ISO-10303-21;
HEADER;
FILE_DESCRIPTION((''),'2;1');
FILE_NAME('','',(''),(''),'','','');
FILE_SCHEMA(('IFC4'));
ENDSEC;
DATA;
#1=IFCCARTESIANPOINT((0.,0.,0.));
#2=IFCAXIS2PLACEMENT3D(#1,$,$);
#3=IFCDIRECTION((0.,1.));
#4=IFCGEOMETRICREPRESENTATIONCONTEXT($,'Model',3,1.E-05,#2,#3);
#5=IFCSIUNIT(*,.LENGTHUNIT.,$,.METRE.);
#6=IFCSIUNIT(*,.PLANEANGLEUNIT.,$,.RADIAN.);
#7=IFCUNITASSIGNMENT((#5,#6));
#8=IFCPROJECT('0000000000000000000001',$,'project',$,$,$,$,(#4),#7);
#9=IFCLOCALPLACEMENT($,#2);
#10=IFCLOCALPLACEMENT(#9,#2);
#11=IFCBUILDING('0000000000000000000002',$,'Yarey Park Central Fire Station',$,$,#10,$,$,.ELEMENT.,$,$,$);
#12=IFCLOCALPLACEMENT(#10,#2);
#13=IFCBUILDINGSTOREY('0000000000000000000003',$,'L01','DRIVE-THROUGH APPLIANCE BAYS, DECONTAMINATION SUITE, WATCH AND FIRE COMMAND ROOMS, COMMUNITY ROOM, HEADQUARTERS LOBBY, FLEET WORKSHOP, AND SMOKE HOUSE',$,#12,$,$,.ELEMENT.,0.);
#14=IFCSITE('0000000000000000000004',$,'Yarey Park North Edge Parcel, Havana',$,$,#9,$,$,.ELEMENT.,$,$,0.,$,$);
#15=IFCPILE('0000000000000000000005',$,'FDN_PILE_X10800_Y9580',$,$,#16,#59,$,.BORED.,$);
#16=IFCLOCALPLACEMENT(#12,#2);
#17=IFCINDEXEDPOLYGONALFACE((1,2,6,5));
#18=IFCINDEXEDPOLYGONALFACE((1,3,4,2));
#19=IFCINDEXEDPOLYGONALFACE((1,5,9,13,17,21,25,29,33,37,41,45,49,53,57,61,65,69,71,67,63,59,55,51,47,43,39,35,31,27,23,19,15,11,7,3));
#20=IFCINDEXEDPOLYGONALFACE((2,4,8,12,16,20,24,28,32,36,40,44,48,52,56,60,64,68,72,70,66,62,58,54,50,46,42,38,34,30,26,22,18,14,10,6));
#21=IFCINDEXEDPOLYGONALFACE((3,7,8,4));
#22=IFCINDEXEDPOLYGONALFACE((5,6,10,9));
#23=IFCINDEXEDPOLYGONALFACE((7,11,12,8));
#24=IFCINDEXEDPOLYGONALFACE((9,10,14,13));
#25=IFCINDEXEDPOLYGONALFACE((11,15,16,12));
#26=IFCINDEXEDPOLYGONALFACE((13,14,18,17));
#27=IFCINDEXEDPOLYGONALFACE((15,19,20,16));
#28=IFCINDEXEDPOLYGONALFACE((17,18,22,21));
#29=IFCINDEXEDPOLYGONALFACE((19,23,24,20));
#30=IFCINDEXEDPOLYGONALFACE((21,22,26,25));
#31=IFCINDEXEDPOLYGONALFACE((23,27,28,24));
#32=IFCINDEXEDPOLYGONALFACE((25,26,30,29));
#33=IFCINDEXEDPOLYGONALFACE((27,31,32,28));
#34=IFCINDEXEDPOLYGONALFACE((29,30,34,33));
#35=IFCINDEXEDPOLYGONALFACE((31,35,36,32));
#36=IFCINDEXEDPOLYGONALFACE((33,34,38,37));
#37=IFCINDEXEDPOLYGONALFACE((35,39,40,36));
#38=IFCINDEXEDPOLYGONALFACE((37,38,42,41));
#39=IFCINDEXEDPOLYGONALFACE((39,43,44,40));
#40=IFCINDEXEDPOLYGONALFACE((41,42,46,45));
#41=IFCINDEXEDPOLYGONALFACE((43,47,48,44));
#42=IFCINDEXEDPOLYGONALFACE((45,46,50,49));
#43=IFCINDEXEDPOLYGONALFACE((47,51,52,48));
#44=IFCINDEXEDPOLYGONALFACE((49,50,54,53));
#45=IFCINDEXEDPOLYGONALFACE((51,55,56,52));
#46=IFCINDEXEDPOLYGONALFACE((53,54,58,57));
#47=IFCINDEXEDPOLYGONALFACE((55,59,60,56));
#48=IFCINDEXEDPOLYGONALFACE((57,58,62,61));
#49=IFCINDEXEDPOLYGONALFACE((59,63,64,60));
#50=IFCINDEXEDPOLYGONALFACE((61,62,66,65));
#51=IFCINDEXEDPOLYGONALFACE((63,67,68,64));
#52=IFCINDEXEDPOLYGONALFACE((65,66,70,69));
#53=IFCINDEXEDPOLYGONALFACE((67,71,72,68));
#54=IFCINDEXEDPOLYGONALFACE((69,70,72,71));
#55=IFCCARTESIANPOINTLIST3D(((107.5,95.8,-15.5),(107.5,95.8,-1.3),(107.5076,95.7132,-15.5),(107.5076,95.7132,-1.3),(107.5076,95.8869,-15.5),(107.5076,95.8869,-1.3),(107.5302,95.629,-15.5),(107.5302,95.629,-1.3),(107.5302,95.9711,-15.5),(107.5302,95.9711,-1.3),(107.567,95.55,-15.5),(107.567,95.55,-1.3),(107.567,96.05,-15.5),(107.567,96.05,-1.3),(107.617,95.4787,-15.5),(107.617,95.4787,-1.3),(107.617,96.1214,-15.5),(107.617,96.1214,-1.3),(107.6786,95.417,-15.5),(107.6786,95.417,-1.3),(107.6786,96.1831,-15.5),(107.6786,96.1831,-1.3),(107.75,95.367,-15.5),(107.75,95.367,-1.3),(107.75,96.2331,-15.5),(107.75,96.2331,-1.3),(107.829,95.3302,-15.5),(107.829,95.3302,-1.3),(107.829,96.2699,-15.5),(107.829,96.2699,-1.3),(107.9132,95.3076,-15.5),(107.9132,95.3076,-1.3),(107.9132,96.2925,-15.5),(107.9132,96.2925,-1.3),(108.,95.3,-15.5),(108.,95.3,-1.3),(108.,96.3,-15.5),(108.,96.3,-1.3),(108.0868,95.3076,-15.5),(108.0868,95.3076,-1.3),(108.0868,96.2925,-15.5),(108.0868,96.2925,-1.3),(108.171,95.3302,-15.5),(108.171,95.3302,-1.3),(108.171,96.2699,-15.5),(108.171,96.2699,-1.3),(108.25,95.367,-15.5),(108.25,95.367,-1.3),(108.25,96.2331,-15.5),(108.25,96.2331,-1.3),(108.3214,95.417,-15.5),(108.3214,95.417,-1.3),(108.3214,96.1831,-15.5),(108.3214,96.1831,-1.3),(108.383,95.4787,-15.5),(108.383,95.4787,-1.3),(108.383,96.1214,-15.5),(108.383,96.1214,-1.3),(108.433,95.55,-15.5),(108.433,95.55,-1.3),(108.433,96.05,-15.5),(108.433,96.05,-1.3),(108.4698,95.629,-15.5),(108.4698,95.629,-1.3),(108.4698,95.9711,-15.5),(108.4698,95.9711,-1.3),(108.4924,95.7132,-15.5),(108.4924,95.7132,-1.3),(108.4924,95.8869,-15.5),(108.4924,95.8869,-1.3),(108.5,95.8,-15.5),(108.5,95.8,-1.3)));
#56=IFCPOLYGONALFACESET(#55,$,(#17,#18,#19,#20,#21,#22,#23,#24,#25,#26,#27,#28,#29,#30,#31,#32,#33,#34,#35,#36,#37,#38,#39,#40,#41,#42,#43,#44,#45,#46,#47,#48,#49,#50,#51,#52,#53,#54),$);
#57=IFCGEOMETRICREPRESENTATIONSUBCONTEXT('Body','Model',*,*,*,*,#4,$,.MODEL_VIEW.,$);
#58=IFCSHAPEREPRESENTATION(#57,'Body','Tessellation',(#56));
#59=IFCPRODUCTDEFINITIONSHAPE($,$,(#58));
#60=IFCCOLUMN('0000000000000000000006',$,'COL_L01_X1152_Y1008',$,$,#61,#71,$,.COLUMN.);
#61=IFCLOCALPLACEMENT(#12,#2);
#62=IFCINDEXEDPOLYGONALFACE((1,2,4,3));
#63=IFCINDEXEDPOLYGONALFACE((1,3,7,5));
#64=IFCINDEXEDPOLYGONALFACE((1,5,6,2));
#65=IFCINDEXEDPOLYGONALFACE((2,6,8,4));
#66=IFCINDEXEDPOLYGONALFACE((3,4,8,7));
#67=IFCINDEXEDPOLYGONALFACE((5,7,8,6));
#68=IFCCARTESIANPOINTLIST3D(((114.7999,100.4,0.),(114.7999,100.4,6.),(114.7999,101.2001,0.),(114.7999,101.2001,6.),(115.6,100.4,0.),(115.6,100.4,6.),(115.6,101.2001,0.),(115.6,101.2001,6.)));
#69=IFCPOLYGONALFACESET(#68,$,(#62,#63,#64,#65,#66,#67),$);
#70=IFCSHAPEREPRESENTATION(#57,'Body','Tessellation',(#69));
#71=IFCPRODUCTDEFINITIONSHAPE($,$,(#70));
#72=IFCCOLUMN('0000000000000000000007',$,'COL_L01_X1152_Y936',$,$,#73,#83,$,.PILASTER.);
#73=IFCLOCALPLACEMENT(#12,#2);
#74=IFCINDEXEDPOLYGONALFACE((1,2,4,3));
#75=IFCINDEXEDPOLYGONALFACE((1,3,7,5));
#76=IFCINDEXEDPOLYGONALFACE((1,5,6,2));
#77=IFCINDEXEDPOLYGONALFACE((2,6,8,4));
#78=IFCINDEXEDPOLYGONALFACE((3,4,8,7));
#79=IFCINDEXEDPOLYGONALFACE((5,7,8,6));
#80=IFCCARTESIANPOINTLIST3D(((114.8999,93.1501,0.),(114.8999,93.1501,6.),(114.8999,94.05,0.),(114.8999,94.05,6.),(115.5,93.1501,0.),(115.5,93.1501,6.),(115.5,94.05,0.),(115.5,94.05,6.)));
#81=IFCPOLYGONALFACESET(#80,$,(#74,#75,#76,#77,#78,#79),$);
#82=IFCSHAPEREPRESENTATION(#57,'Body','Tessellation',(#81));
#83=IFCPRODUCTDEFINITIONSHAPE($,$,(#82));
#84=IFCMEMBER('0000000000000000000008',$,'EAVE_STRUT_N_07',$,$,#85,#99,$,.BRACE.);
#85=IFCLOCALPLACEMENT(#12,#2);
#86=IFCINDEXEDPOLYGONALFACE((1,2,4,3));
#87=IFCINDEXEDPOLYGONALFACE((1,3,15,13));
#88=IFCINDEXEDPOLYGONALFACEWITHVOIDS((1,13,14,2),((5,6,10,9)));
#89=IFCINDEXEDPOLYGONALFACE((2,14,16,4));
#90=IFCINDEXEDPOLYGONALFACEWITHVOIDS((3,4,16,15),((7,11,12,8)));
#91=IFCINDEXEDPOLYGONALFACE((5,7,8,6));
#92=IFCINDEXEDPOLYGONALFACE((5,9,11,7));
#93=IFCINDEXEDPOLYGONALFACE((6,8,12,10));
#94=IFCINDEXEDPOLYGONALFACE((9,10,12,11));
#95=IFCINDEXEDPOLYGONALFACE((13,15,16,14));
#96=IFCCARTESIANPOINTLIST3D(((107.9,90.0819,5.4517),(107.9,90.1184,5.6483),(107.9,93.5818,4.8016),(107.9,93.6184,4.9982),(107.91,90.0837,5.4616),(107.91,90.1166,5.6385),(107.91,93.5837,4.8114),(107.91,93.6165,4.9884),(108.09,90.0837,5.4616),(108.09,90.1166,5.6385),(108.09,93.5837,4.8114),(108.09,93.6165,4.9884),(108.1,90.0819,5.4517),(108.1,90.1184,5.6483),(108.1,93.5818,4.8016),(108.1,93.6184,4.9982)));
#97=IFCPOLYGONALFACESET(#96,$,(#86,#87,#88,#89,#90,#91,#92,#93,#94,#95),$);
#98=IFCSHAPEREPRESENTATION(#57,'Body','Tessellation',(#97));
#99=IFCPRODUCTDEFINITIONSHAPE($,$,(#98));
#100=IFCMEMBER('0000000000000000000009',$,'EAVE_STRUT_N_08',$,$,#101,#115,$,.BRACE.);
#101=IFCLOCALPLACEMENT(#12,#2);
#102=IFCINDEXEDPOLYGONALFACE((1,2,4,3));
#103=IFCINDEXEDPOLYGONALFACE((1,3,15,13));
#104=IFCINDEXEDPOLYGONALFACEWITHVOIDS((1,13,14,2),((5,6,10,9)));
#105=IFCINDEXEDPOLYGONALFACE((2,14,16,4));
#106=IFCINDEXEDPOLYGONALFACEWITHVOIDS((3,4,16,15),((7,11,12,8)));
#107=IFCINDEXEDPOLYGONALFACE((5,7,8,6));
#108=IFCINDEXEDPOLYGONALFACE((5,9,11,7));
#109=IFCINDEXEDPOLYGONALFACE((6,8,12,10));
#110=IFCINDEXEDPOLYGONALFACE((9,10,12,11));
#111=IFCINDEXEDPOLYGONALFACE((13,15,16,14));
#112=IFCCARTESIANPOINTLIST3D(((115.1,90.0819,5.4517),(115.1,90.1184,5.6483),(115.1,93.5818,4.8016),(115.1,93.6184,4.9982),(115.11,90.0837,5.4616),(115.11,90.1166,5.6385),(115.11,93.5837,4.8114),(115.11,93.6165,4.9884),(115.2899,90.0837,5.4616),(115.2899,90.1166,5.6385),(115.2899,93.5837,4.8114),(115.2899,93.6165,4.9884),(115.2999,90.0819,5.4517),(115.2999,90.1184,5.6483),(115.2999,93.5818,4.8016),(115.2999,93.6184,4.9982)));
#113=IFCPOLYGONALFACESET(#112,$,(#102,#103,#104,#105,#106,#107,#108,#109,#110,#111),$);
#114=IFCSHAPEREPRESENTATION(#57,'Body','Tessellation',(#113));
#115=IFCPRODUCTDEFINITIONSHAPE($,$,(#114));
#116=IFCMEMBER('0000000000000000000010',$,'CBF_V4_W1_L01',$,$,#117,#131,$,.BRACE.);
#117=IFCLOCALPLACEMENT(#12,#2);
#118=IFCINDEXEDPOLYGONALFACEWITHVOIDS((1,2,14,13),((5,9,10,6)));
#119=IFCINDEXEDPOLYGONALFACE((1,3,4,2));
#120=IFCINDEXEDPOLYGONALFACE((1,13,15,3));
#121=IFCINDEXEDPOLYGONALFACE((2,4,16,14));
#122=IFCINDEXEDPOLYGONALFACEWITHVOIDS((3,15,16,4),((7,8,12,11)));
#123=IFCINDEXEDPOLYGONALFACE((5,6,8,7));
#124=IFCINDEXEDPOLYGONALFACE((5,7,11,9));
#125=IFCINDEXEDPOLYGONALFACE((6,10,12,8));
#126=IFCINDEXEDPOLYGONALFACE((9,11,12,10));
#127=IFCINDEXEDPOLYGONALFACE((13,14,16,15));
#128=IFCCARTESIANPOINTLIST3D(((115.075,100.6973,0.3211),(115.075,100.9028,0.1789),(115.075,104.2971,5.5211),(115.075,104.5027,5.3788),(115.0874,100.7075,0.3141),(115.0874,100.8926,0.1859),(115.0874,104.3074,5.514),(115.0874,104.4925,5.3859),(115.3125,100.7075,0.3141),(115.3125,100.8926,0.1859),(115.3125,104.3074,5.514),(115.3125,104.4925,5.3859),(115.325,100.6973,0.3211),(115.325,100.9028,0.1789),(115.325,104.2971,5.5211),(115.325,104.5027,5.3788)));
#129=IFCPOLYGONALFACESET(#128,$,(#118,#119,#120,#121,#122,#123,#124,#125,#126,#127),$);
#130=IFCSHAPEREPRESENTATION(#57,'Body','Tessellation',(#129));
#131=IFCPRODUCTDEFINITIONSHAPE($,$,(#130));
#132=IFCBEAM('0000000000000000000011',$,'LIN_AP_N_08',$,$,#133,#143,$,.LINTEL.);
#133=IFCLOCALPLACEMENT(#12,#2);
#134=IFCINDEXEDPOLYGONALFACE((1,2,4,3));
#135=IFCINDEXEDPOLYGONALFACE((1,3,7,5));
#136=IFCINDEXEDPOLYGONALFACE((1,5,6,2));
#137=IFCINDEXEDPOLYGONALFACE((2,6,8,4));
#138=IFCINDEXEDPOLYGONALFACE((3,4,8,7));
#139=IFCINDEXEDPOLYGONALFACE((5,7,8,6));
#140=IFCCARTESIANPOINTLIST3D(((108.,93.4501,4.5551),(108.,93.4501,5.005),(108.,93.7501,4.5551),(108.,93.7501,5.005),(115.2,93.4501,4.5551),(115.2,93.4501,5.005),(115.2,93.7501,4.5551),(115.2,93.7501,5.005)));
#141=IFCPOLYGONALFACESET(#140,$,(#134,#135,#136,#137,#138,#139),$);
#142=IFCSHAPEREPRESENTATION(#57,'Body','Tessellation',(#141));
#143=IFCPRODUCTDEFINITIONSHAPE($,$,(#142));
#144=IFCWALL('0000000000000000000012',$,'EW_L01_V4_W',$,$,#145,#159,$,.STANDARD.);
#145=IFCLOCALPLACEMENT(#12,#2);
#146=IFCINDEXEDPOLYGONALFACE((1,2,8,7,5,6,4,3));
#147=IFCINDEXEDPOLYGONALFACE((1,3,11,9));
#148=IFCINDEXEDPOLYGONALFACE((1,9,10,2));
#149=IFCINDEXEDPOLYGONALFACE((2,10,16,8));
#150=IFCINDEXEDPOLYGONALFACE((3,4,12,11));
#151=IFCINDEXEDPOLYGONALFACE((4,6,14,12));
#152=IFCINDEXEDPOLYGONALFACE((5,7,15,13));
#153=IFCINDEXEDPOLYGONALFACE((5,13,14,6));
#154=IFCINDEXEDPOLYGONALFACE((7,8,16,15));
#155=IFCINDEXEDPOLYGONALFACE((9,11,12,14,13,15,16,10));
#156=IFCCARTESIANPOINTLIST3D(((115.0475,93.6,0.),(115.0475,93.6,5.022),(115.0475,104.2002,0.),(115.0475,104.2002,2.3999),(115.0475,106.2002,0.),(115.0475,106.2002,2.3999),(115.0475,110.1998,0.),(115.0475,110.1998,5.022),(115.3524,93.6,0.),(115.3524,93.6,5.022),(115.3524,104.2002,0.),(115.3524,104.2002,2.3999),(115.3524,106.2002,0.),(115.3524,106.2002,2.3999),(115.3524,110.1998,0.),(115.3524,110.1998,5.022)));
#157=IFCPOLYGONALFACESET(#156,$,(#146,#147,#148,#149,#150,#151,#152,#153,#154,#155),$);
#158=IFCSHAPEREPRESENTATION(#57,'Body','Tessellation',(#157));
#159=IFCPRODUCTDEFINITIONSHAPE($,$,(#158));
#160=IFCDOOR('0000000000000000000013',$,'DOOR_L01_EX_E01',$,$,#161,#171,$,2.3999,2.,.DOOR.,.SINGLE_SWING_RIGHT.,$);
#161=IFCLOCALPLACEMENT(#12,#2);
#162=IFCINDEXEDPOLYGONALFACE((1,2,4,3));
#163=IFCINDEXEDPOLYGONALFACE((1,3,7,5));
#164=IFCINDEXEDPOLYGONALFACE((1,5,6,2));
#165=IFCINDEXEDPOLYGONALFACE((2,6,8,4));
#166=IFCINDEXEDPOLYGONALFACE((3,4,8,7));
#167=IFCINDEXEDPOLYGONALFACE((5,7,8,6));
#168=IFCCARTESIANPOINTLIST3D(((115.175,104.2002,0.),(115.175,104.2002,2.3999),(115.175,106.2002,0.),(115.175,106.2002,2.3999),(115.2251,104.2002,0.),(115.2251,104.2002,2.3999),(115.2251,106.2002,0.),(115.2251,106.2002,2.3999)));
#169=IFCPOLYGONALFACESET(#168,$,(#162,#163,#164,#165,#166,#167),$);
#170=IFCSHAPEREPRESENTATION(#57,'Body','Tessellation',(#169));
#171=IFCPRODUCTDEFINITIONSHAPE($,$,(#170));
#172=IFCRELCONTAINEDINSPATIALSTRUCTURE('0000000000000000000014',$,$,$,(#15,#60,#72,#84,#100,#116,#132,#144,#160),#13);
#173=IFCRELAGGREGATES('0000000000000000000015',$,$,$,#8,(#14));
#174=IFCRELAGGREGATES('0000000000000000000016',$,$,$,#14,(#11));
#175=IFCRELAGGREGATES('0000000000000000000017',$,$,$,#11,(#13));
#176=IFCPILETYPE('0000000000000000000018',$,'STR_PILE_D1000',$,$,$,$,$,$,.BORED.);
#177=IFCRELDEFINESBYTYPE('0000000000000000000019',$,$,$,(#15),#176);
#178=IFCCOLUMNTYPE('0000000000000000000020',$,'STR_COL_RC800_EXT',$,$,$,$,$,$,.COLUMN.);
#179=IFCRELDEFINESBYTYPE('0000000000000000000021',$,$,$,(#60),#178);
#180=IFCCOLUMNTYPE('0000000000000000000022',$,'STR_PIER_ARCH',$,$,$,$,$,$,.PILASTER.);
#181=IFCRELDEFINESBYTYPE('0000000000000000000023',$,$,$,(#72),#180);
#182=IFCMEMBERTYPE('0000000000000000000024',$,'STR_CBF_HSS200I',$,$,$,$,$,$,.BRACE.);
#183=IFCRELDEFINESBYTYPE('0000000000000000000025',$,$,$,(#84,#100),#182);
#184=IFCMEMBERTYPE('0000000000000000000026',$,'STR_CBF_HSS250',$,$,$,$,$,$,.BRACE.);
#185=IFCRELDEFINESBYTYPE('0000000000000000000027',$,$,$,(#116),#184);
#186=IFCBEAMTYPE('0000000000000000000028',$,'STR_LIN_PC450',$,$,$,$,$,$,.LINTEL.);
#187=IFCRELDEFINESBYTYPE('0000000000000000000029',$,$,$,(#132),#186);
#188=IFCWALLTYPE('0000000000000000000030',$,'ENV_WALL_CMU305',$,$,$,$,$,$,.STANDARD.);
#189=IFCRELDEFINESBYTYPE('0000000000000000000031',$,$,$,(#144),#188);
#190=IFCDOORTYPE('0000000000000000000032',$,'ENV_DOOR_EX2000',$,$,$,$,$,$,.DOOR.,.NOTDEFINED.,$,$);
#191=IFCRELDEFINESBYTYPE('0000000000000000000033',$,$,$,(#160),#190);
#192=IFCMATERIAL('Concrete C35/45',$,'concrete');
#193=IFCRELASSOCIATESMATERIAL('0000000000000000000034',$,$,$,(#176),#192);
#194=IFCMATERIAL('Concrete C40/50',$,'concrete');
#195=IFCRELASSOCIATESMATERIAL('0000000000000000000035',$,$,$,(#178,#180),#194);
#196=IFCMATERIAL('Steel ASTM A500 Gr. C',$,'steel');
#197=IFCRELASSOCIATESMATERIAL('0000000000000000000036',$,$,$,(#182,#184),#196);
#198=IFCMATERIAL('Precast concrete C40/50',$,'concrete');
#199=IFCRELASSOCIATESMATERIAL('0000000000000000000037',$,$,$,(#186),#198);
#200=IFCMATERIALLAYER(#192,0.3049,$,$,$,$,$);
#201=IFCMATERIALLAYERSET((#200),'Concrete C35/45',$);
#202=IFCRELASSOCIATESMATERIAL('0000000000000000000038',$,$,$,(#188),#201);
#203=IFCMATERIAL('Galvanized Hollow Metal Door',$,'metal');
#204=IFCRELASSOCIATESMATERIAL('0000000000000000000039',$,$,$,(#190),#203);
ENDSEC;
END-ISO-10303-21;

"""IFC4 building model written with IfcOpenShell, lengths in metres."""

from ifc_helpers import new_model, si_unit, direction, frame, frame_2d, origin, origin_2d, place, context, subcontext, project, spatial, rectangle, hollow_rectangle, circle, extrude, material, layer, layer_set, material_profile, profile_set, type_object, element, fill, save


model = new_model("IFC4")

# Units and contexts
model_context = context("Model", 3, precision=1e-05, world=origin(), true_north=direction((0.0, 1.0)))
body_context = subcontext(model_context, "Body", "Model", "MODEL_VIEW")
ifc_project = project(units=[si_unit("LENGTHUNIT", "METRE"), si_unit("PLANEANGLEUNIT", "RADIAN")], contexts=[model_context])

# Site, building, storey
site_placement = place(None, origin())
site = spatial("IfcSite", under=ifc_project, at=site_placement, Name="Yarey Park North Edge Parcel, Havana", CompositionType="ELEMENT", RefElevation=0.0)
building_placement = place(site_placement, origin())
building = spatial("IfcBuilding", under=site, at=building_placement, Name="Yarey Park Central Fire Station", CompositionType="ELEMENT")
storey_placement = place(building_placement, origin())
storey = spatial("IfcBuildingStorey", under=building, at=storey_placement, Name="L01", Description="DRIVE-THROUGH APPLIANCE BAYS, DECONTAMINATION SUITE, WATCH AND FIRE COMMAND ROOMS, COMMUNITY ROOM, HEADQUARTERS LOBBY, FLEET WORKSHOP, AND SMOKE HOUSE", CompositionType="ELEMENT", Elevation=0.0)

# Shared definitions
ifc_material_1 = material(Name="Concrete C35/45", Category="concrete")

# Pile
ifc_material_profile_1 = material_profile(ifc_material_1, circle(Radius=0.5, at=origin_2d()), Name="BORED PILE D1000")
ifc_profile_set_1 = profile_set([ifc_material_profile_1], Name="Concrete C35/45")
pile_type = type_object("IfcPileType", Name="STR_PILE_D1000", PredefinedType="BORED", material=ifc_profile_set_1)
for number, where, z_axis, x_axis, name in (
    (1, (108.0, 95.8, -1.3), (0.0, 0.0, -1.0), (1.0, 0.0, 0.0), "FDN_PILE_X10800_Y9580"),
):
    element("IfcPile", number, at=place(storey_placement, frame(where, z_axis=z_axis, x_axis=x_axis)), inside=storey, type_object=pile_type, Name=name, PredefinedType="BORED", context=body_context, shape_type="SweptSolid", body=[
        extrude(circle(Radius=0.5, at=origin_2d()), origin(), (0.0, 0.0, 1.0), 14.2),
    ])

# Columns
ifc_material_2 = material(Name="Concrete C40/50", Category="concrete")
ifc_material_profile_2 = material_profile(ifc_material_2, rectangle(XDim=0.8, YDim=0.8, at=origin_2d()), Name="RC 800x800")
ifc_profile_set_2 = profile_set([ifc_material_profile_2], Name="Concrete C40/50")
column_type_1 = type_object("IfcColumnType", Name="STR_COL_RC800_EXT", PredefinedType="COLUMN", material=ifc_profile_set_2)
column_1_placement = place(storey_placement, frame((115.2, 100.8, 0.0), z_axis=(0.0, 0.0, 1.0), x_axis=(1.0, 0.0, 0.0)))
element("IfcColumn", 2, at=column_1_placement, inside=storey, type_object=column_type_1, Name="COL_L01_X1152_Y1008", PredefinedType="COLUMN", context=body_context, shape_type="SweptSolid", body=[
    extrude(rectangle(XDim=0.8, YDim=0.8, at=origin_2d()), origin(), (0.0, 0.0, 1.0), 6.0),
])
ifc_material_profile_3 = material_profile(ifc_material_2, rectangle(XDim=0.6001, YDim=0.8999, at=origin_2d()), Name="RC 900x600")
ifc_profile_set_3 = profile_set([ifc_material_profile_3], Name="Concrete C40/50")
column_type_2 = type_object("IfcColumnType", Name="STR_PIER_ARCH", PredefinedType="PILASTER", material=ifc_profile_set_3)
column_2_placement = place(storey_placement, frame((115.2, 93.6001, 0.0), z_axis=(0.0, 0.0, 1.0), x_axis=(1.0, 0.0, 0.0)))
element("IfcColumn", 3, at=column_2_placement, inside=storey, type_object=column_type_2, Name="COL_L01_X1152_Y936", PredefinedType="PILASTER", context=body_context, shape_type="SweptSolid", body=[
    extrude(rectangle(XDim=0.6001, YDim=0.8999, at=origin_2d()), origin(), (0.0, 0.0, 1.0), 6.0),
])

# Members
ifc_material_3 = material(Name="Steel ASTM A500 Gr. C", Category="steel")
ifc_material_profile_4 = material_profile(ifc_material_3, hollow_rectangle(XDim=0.2, YDim=0.2, WallThickness=0.01, at=origin_2d()), Name="HSS 200x200x10")
ifc_profile_set_4 = profile_set([ifc_material_profile_4], Name="Steel ASTM A500 Gr. C")
member_type_1 = type_object("IfcMemberType", Name="STR_CBF_HSS200I", PredefinedType="BRACE", material=ifc_profile_set_4)
for number, where, z_axis, x_axis, name in (
    (4, (108.0, 93.6001, 4.8999), (0.0, -0.983181, 0.182632), (1.0, 0.0, 0.0), "EAVE_STRUT_N_07"),
    (5, (115.2, 93.6001, 4.8999), (0.0, -0.983181, 0.182632), (1.0, 0.0, 0.0), "EAVE_STRUT_N_08"),
):
    element("IfcMember", number, at=place(storey_placement, frame(where, z_axis=z_axis, x_axis=x_axis)), inside=storey, type_object=member_type_1, Name=name, PredefinedType="BRACE", context=body_context, shape_type="SweptSolid", body=[
        extrude(hollow_rectangle(XDim=0.2, YDim=0.2, WallThickness=0.01, at=origin_2d()), origin(), (0.0, 0.0, 1.0), 3.5598),
    ])
ifc_material_profile_5 = material_profile(ifc_material_3, hollow_rectangle(XDim=0.25, YDim=0.25, WallThickness=0.0125, at=origin_2d()), Name="HSS 250x250x12.5")
ifc_profile_set_5 = profile_set([ifc_material_profile_5], Name="Steel ASTM A500 Gr. C")
member_type_2 = type_object("IfcMemberType", Name="STR_CBF_HSS250", PredefinedType="BRACE", material=ifc_profile_set_5)
member_placement = place(storey_placement, frame((115.2, 100.8, 0.25), z_axis=(0.0, 0.569198, 0.822201), x_axis=(-1.0, 0.0, 0.0)))
element("IfcMember", 6, at=member_placement, inside=storey, type_object=member_type_2, Name="CBF_V4_W1_L01", PredefinedType="BRACE", context=body_context, shape_type="SweptSolid", body=[
    extrude(hollow_rectangle(XDim=0.25, YDim=0.25, WallThickness=0.0125, at=origin_2d()), origin(), (0.0, 0.0, 1.0), 6.3245),
])

# Beam
ifc_material_4 = material(Name="Precast concrete C40/50", Category="concrete")
ifc_material_profile_6 = material_profile(ifc_material_4, rectangle(XDim=0.3, YDim=0.45, at=origin_2d()), Name="PC 300x450")
ifc_profile_set_6 = profile_set([ifc_material_profile_6], Name="Precast concrete C40/50")
beam_type = type_object("IfcBeamType", Name="STR_LIN_PC450", PredefinedType="LINTEL", material=ifc_profile_set_6)
beam_placement = place(storey_placement, frame((108.0, 93.6001, 4.78), z_axis=(1.0, 0.0, 0.0), x_axis=(0.0, 1.0, 0.0)))
element("IfcBeam", 7, at=beam_placement, inside=storey, type_object=beam_type, Name="LIN_AP_N_08", PredefinedType="LINTEL", context=body_context, shape_type="SweptSolid", body=[
    extrude(rectangle(XDim=0.3, YDim=0.45, at=origin_2d()), origin(), (0.0, 0.0, 1.0), 7.2),
])

# Wall, opening, door
ifc_layer_1 = layer(ifc_material_1, 0.3049)
ifc_layer_set_1 = layer_set([ifc_layer_1], Name="Concrete C35/45")
wall_type_1 = type_object("IfcWallType", Name="ENV_WALL_CMU305", PredefinedType="STANDARD", material=ifc_layer_set_1)
wall_1_placement = place(storey_placement, frame((115.2, 93.6001, 0.0), z_axis=(0.0, 0.0, 1.0), x_axis=(0.0, 1.0, 0.0)))
wall_1 = element("IfcWall", 8, at=wall_1_placement, inside=storey, type_object=wall_type_1, Name="EW_L01_V4_W", PredefinedType="STANDARD", context=body_context, shape_type="SweptSolid", body=[
    extrude(rectangle(XDim=16.5999, YDim=0.3049, at=frame_2d((8.2998, 0.0))), origin(), (0.0, 0.0, 1.0), 5.022),
])
opening_1_placement = place(wall_1_placement, frame((10.6001, 0.0, 0.0)))
opening_1 = element("IfcOpeningElement", 9, at=opening_1_placement, cuts=wall_1, PredefinedType="OPENING", context=body_context, shape_type="SweptSolid", body=[
    extrude(rectangle(XDim=2.0, YDim=2.3999, at=frame_2d((1.0, 1.2))), frame((0.0, 0.1624, 0.0), z_axis=(0.0, -1.0, 0.0), x_axis=(1.0, 0.0, 0.0)), (0.0, 0.0, 1.0), 0.325),
])
ifc_material_5 = material(Name="Galvanized Hollow Metal Door", Category="metal")
door_type_1 = type_object("IfcDoorType", Name="ENV_DOOR_EX2000", OperationType="NOTDEFINED", PredefinedType="DOOR", material=ifc_material_5)
door_1_placement = place(opening_1_placement, origin())
door_1 = element("IfcDoor", 10, at=door_1_placement, inside=storey, type_object=door_type_1, Name="DOOR_L01_EX_E01", OperationType="SINGLE_SWING_RIGHT", OverallHeight=2.3999, OverallWidth=2.0, PredefinedType="DOOR", context=body_context, shape_type="SweptSolid", body=[
    extrude(rectangle(XDim=2.0, YDim=2.3999, at=frame_2d((1.0, 1.2))), frame((0.0, 0.0249, 0.0), z_axis=(0.0, -1.0, 0.0), x_axis=(1.0, 0.0, 0.0)), (0.0, 0.0, 1.0), 0.05),
])
fill(opening_1, door_1)

save(model, "model.ifc")
